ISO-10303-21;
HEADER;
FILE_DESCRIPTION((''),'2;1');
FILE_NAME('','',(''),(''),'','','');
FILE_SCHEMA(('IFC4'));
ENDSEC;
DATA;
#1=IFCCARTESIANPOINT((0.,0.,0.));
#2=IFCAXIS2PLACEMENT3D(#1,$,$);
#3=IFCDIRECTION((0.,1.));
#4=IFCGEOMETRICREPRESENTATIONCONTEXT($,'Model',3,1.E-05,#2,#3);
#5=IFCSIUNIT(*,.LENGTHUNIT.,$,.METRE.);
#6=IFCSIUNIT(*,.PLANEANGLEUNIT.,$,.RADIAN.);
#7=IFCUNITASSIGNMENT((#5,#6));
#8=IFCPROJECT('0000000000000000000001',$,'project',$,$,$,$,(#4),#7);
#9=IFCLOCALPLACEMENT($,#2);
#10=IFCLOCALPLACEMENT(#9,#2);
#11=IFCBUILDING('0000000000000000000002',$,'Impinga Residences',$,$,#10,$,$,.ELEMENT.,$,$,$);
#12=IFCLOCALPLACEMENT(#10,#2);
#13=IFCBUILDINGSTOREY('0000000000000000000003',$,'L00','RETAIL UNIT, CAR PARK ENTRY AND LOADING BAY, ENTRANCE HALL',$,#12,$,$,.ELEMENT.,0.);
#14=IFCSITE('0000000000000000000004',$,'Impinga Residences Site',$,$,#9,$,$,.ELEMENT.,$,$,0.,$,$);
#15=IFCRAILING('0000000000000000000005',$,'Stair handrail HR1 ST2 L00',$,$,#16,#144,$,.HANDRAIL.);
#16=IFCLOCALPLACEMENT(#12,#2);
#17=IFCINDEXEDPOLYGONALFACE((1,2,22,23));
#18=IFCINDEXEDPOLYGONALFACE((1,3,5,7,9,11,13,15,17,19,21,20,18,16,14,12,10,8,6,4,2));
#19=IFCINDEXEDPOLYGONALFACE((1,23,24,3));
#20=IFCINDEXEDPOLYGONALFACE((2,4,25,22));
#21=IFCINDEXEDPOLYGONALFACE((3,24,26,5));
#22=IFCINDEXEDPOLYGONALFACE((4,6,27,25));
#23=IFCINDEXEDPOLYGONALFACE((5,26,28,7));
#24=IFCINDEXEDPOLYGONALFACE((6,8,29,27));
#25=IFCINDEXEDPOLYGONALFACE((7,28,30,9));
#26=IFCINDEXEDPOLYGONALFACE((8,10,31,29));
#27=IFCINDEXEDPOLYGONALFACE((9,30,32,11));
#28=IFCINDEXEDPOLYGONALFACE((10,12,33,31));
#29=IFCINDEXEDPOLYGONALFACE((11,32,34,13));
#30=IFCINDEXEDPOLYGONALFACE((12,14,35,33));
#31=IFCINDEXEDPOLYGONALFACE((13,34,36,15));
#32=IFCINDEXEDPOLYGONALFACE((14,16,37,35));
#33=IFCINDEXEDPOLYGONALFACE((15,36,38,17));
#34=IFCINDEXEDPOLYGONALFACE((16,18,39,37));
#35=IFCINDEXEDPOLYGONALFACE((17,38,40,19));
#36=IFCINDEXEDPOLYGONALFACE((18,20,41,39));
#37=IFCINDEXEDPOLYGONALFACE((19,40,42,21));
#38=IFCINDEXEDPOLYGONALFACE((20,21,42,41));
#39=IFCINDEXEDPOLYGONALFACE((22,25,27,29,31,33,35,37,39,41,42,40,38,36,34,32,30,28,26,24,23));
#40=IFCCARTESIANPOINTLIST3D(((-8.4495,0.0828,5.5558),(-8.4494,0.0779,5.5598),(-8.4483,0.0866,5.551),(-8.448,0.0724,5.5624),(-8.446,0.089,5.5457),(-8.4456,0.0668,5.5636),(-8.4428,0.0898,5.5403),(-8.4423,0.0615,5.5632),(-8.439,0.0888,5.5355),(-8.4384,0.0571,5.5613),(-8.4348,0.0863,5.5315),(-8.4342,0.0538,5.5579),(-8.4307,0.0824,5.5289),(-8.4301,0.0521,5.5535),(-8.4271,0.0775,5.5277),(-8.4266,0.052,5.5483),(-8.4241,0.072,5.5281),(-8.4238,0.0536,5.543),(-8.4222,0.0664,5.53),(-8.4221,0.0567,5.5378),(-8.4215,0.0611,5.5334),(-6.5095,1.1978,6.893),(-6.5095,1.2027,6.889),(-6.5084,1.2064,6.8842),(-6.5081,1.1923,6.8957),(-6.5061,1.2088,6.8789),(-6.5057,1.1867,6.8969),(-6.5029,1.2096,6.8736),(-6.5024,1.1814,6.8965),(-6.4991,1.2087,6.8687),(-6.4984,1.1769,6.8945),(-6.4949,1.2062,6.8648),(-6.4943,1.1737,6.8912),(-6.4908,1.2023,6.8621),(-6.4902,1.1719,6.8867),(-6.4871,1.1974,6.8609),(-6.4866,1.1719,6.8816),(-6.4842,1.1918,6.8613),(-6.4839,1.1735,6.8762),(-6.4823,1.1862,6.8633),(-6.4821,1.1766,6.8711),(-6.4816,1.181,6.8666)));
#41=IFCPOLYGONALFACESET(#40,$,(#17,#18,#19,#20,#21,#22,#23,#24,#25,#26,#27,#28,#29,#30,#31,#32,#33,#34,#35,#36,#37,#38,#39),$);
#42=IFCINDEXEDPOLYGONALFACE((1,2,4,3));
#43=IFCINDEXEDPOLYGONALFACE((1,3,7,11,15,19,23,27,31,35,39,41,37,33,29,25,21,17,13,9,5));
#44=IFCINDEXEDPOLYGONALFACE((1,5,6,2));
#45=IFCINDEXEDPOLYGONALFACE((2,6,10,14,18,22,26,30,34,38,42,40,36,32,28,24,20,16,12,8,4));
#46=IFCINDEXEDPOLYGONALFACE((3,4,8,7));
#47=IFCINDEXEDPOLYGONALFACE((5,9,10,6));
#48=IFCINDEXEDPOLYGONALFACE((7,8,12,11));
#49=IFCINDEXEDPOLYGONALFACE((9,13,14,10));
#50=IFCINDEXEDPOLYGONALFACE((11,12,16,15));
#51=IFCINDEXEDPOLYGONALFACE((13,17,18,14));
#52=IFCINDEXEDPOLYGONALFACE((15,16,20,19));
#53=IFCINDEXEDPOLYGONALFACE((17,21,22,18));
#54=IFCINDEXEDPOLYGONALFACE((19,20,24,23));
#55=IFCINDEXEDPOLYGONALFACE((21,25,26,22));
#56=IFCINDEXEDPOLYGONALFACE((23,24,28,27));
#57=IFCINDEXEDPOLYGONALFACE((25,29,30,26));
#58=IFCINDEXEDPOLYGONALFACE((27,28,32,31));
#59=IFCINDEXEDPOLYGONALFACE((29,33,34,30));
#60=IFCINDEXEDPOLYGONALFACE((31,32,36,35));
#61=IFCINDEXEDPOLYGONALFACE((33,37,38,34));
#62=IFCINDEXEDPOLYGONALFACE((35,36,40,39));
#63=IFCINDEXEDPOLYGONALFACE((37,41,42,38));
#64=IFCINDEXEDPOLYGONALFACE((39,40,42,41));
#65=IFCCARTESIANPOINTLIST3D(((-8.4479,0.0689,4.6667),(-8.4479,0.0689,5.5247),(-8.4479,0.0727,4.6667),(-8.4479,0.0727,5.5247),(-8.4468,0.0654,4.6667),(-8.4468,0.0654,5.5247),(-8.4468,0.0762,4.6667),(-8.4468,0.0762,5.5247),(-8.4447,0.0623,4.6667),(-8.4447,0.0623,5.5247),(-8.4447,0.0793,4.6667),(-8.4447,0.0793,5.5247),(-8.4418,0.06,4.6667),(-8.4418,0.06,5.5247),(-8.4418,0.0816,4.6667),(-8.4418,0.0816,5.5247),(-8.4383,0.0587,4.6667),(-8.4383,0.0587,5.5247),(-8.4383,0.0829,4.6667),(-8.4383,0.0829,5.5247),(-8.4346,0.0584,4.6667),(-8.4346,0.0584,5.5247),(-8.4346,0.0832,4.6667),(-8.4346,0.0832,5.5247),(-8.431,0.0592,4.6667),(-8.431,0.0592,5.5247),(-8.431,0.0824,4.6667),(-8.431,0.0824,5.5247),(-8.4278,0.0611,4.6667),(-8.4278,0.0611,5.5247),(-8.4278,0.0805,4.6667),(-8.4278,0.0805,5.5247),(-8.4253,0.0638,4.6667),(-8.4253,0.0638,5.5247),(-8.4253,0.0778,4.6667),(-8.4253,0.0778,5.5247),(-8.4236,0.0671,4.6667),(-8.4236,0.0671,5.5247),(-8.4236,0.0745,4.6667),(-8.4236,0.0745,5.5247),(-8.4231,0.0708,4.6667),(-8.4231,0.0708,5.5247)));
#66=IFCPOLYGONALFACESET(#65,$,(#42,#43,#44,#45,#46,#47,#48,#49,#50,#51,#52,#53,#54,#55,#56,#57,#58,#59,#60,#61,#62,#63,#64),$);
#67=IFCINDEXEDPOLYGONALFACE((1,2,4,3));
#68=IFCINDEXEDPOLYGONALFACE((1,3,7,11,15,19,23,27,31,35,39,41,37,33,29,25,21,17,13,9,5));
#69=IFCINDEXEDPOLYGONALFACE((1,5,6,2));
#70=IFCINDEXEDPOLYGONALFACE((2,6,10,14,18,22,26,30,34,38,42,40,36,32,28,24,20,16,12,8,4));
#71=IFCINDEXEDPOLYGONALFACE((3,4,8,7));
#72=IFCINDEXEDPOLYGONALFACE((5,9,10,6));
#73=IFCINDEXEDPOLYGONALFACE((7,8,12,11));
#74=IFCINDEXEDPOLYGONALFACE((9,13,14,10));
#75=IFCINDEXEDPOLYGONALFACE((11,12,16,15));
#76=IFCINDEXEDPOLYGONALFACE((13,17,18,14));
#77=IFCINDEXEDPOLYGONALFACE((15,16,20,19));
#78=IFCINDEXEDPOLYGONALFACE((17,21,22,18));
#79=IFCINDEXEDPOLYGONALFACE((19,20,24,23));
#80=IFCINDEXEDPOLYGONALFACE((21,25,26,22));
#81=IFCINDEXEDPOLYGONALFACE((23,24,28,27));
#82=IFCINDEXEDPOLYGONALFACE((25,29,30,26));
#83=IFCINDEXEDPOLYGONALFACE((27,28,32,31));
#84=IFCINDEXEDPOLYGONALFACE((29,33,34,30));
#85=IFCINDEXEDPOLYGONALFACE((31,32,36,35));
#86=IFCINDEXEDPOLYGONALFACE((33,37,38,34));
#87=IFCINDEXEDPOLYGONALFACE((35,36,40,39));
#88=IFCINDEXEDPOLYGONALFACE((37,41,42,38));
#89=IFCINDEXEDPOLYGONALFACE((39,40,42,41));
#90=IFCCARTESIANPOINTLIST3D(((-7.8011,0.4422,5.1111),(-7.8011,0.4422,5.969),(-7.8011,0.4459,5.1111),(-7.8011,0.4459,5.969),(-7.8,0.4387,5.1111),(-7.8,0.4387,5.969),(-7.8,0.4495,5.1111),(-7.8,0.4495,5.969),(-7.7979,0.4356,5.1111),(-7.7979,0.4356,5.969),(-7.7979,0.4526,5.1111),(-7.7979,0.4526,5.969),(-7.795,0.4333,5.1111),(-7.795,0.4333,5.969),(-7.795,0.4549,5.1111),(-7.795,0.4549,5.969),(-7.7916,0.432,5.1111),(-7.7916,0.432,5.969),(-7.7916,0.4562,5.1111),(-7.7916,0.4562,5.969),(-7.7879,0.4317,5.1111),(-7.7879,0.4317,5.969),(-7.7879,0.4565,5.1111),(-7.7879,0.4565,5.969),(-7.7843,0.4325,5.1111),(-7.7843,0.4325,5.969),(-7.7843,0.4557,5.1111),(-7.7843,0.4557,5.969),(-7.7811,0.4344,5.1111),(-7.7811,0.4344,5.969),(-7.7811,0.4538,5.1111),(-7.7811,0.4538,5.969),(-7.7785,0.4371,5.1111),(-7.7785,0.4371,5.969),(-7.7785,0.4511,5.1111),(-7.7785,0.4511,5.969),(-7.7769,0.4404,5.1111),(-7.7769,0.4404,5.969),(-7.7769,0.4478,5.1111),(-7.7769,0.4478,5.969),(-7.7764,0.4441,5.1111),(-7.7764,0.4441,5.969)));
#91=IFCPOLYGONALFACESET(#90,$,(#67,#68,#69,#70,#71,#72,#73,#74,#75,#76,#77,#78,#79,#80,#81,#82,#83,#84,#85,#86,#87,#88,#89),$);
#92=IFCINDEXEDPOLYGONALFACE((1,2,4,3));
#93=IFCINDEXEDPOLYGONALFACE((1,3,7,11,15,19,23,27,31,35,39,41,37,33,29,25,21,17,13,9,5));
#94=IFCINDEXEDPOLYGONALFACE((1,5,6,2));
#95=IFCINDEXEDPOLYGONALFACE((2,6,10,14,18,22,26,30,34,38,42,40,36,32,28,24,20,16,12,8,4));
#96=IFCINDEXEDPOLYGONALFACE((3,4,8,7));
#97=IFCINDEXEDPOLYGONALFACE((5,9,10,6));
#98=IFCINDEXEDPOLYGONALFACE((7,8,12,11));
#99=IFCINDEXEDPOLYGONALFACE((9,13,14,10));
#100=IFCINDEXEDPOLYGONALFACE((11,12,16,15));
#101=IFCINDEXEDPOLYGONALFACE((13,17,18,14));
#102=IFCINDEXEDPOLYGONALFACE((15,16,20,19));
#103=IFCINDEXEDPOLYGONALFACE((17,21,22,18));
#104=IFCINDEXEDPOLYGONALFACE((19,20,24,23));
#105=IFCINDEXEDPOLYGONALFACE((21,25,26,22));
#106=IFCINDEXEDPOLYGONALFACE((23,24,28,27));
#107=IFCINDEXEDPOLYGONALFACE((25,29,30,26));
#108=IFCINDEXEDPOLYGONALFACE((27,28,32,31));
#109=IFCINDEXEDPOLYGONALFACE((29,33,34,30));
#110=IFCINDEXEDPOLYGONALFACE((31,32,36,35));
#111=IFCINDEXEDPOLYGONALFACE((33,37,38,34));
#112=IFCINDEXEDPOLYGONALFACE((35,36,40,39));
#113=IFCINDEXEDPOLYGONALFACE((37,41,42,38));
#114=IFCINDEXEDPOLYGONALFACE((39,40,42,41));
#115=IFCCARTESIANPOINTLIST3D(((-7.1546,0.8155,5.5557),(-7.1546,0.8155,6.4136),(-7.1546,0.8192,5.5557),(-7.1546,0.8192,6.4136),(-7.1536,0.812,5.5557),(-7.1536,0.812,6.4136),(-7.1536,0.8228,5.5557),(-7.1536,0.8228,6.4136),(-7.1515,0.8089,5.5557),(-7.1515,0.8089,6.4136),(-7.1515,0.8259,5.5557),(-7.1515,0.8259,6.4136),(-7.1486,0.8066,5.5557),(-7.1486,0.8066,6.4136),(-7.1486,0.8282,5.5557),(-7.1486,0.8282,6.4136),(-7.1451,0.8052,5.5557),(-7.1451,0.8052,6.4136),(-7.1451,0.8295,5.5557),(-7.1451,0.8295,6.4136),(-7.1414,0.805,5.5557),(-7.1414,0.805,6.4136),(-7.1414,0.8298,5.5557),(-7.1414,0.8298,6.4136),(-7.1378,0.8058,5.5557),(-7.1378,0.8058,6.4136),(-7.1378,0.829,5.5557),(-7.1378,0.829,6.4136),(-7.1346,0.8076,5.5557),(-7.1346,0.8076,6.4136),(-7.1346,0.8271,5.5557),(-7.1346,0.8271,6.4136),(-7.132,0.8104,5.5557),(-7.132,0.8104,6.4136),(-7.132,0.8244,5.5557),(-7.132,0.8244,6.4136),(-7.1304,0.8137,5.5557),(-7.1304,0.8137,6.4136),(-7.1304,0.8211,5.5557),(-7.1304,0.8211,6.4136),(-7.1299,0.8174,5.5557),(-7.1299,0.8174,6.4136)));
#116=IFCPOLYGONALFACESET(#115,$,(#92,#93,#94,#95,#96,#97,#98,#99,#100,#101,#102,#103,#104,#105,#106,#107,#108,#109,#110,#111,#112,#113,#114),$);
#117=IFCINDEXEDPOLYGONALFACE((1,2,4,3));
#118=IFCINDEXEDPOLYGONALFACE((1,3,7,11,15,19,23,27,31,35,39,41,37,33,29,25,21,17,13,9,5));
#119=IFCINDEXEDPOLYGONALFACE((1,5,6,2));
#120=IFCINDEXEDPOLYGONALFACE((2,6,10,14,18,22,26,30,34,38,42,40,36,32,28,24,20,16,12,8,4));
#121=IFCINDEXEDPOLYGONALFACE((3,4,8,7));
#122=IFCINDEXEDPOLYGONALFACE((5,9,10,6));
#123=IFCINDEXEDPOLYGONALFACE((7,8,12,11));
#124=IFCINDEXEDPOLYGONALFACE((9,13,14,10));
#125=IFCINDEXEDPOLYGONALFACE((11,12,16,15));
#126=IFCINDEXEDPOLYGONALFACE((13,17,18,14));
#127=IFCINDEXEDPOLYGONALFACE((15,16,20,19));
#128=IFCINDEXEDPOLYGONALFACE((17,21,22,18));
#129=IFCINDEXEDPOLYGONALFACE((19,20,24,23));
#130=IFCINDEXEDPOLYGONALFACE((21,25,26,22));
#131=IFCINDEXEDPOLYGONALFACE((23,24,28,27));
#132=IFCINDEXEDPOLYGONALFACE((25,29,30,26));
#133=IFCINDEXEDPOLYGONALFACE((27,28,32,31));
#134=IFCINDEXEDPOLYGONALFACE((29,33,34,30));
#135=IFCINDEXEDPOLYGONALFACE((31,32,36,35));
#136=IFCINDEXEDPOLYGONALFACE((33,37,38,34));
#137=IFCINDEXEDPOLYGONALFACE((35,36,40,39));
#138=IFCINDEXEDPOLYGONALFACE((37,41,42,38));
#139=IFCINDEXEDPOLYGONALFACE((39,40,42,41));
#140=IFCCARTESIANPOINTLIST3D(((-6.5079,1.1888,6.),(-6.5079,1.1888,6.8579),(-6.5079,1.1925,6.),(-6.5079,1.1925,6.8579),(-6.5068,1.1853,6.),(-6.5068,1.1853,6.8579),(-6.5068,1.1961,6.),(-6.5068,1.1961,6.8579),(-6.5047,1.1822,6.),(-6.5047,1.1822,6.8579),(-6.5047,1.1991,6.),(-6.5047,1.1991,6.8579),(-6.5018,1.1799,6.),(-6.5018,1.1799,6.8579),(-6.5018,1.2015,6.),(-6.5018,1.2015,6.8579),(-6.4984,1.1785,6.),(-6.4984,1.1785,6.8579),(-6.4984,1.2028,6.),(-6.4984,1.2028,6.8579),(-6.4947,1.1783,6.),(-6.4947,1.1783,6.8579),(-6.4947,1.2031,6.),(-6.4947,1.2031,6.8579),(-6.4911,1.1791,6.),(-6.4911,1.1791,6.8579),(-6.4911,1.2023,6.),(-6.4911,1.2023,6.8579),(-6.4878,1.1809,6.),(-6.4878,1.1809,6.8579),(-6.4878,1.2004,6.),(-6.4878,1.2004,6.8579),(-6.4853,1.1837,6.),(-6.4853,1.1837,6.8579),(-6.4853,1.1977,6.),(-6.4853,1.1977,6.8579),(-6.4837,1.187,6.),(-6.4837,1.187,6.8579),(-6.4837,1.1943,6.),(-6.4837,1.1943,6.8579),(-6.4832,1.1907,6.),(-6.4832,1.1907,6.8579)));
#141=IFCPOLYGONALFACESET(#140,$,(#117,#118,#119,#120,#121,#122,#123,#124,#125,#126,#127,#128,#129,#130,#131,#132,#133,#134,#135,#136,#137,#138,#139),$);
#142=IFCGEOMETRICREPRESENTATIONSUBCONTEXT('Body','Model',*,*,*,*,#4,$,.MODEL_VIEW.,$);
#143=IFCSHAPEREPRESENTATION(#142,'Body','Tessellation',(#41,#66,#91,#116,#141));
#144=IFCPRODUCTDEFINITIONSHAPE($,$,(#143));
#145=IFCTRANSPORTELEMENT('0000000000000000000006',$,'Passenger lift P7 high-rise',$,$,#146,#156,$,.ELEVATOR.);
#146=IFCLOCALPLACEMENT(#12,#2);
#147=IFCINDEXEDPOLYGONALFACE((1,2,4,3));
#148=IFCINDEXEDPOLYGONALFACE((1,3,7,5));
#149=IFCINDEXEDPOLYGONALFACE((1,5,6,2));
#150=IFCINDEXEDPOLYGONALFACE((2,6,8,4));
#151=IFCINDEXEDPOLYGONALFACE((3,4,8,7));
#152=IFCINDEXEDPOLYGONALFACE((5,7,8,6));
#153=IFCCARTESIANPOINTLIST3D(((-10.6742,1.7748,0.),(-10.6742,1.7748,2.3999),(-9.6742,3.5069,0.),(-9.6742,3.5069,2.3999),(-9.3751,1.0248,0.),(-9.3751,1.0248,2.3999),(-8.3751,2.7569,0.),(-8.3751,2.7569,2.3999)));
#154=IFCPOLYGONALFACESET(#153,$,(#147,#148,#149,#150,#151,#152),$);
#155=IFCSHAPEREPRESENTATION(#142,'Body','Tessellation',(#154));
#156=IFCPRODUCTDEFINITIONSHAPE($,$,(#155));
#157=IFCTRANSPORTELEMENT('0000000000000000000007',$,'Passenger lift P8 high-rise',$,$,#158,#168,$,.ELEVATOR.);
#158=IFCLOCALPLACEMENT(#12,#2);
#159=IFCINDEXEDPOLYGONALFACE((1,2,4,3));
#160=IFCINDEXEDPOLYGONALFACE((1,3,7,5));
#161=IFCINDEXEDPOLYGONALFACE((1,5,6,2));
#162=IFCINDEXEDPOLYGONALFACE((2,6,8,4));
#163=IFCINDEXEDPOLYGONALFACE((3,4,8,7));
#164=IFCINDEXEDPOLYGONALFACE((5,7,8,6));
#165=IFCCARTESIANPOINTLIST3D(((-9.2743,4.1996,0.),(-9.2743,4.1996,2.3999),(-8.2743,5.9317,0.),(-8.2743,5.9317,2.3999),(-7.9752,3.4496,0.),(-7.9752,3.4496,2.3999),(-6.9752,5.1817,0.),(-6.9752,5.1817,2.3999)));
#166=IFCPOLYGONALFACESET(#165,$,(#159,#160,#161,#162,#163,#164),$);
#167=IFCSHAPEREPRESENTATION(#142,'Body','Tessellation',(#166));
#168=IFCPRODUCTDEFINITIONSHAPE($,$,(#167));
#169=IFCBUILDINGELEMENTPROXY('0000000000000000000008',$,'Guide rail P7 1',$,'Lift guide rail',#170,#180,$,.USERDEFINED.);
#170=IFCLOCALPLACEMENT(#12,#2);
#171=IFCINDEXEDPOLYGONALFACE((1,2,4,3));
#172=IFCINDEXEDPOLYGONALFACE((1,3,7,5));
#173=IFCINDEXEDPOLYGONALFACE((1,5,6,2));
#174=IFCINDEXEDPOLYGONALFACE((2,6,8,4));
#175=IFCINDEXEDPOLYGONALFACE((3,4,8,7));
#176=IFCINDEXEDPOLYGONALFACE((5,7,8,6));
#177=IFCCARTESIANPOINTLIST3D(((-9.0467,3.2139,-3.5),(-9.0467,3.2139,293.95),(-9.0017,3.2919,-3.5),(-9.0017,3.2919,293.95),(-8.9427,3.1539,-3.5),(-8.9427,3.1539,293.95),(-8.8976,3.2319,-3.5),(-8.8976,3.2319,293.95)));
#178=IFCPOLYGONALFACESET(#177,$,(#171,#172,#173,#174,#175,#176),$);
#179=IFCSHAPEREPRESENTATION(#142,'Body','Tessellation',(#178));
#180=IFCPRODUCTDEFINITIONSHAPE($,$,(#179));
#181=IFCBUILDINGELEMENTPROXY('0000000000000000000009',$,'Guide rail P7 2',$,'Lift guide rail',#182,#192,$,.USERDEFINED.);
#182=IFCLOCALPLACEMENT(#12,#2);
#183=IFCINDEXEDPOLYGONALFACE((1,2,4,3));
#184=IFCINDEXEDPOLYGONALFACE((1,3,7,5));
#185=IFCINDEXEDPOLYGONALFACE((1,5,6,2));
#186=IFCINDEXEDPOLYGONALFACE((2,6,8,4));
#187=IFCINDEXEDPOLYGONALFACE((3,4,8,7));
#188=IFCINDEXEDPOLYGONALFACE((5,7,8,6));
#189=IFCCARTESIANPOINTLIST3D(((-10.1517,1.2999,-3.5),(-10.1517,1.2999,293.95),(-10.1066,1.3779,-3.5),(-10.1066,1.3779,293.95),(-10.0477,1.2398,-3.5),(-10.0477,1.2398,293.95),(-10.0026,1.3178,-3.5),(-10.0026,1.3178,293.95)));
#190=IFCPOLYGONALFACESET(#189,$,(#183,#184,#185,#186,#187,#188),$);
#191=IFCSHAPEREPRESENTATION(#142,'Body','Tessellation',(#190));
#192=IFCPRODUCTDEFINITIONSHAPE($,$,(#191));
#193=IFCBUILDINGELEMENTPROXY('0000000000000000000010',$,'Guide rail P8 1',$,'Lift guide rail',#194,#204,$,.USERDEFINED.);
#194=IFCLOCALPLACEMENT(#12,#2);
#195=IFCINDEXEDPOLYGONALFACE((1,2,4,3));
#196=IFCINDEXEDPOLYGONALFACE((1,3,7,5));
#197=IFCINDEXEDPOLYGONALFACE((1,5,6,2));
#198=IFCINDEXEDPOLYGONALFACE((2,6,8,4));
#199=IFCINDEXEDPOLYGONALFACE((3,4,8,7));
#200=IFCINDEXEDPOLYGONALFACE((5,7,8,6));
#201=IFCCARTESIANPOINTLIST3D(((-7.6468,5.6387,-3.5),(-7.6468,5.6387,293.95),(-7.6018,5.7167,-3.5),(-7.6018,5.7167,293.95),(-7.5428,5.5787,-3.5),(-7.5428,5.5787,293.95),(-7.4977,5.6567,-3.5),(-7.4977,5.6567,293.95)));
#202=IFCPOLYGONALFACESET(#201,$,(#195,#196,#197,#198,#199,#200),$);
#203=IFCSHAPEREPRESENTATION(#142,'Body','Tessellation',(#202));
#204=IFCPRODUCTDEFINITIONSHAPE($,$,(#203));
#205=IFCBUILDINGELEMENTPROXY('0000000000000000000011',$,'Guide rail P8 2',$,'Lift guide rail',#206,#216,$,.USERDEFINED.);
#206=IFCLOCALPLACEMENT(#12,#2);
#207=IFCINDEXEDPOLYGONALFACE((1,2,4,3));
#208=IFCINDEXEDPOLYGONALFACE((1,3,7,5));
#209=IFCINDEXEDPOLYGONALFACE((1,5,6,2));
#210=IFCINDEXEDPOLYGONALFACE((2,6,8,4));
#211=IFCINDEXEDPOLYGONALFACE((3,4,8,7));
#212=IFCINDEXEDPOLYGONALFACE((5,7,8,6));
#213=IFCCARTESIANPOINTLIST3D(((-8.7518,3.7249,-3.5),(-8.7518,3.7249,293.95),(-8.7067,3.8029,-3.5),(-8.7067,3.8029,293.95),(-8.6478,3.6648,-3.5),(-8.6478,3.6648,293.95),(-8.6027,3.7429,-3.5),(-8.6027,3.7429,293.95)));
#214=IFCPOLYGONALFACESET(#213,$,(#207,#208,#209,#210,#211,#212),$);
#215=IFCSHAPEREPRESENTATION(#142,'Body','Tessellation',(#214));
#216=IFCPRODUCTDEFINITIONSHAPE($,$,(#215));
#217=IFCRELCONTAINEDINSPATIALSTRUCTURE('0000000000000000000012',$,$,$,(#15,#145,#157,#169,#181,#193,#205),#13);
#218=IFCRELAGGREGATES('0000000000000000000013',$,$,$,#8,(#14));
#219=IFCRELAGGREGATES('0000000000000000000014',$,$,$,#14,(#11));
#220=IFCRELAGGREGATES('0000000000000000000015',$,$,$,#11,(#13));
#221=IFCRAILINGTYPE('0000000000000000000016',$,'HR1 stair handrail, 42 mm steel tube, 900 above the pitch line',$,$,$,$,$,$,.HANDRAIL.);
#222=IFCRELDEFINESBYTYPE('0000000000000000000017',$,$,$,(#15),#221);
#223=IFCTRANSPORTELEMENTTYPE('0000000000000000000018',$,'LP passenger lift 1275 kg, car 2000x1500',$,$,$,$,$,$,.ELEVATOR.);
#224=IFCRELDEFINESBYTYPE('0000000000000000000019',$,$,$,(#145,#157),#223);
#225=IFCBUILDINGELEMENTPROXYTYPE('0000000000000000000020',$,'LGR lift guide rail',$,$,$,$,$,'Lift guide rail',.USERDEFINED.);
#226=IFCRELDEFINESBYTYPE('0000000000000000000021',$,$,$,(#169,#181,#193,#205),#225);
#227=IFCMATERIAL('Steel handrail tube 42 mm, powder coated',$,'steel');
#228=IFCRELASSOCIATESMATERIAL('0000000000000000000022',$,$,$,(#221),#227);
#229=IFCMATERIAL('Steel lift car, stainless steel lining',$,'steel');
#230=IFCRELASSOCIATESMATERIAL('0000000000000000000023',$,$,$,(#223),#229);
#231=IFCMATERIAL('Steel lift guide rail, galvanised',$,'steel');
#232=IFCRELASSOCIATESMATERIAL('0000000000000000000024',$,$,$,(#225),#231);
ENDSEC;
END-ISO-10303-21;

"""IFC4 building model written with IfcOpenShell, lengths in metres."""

from ifc_helpers import new_model, si_unit, direction, frame, origin, origin_2d, place, context, subcontext, project, spatial, rectangle, circle, extrude, material, type_object, element, save


model = new_model("IFC4")

# Units and contexts
model_context = context("Model", 3, precision=1e-05, world=origin(), true_north=direction((0.0, 1.0)))
body_context = subcontext(model_context, "Body", "Model", "MODEL_VIEW")
ifc_project = project(units=[si_unit("LENGTHUNIT", "METRE"), si_unit("PLANEANGLEUNIT", "RADIAN")], contexts=[model_context])

# Site, building, storey
site_placement = place(None, origin())
site = spatial("IfcSite", under=ifc_project, at=site_placement, Name="Impinga Residences Site", CompositionType="ELEMENT", RefElevation=0.0)
building_placement = place(site_placement, origin())
building = spatial("IfcBuilding", under=site, at=building_placement, Name="Impinga Residences", CompositionType="ELEMENT")
storey_placement = place(building_placement, origin())
storey = spatial("IfcBuildingStorey", under=building, at=storey_placement, Name="L00", Description="RETAIL UNIT, CAR PARK ENTRY AND LOADING BAY, ENTRANCE HALL", CompositionType="ELEMENT", Elevation=0.0)

# Railing
ifc_material_1 = material(Name="Steel handrail tube 42 mm, powder coated", Category="steel")
railing_type = type_object("IfcRailingType", Name="HR1 stair handrail, 42 mm steel tube, 900 above the pitch line", PredefinedType="HANDRAIL", material=ifc_material_1)
for number, where, name in (
    (1, (-8.4355, 0.0708, 4.6667), "Stair handrail HR1 ST2 L00"),
):
    element("IfcRailing", number, at=place(storey_placement, frame(where)), inside=storey, type_object=railing_type, Name=name, PredefinedType="HANDRAIL", context=body_context, shape_type="SweptSolid", body=[
        extrude(circle(Radius=0.021, at=origin_2d()), frame((0.0, 0.0, 0.8789), z_axis=(0.744205, 0.429608, 0.511465), x_axis=(-0.499949, 0.866055, 0.0)), (0.0, 0.0, 1.0), 2.6067),
        extrude(circle(Radius=0.0125, at=origin_2d()), origin(), (0.0, 0.0, 1.0), 0.8579),
        extrude(circle(Radius=0.0125, at=origin_2d()), frame((0.6467, 0.3733, 0.4443)), (0.0, 0.0, 1.0), 0.8579),
        extrude(circle(Radius=0.0125, at=origin_2d()), frame((1.2932, 0.7466, 0.8889)), (0.0, 0.0, 1.0), 0.8579),
        extrude(circle(Radius=0.0125, at=origin_2d()), frame((1.9399, 1.1199, 1.3333)), (0.0, 0.0, 1.0), 0.8579),
    ])

# Transport elements
ifc_material_2 = material(Name="Steel lift car, stainless steel lining", Category="steel")
transport_element_type = type_object("IfcTransportElementType", Name="LP passenger lift 1275 kg, car 2000x1500", PredefinedType="ELEVATOR", material=ifc_material_2)
for number, where, z_axis, x_axis, name in (
    (2, (-9.5247, 2.2659, 0.0), (0.0, 0.0, 1.0), (-0.5, -0.866025, 0.0), "Passenger lift P7 high-rise"),
    (3, (-8.1248, 4.6907, 0.0), (0.0, 0.0, 1.0), (-0.5, -0.866025, 0.0), "Passenger lift P8 high-rise"),
):
    element("IfcTransportElement", number, at=place(storey_placement, frame(where, z_axis=z_axis, x_axis=x_axis)), inside=storey, type_object=transport_element_type, Name=name, PredefinedType="ELEVATOR", context=body_context, shape_type="SweptSolid", body=[
        extrude(rectangle(XDim=2.0, YDim=1.5, at=origin_2d()), origin(), (0.0, 0.0, 1.0), 2.3999),
    ])

# Building element proxies
ifc_material_3 = material(Name="Steel lift guide rail, galvanised", Category="steel")
building_element_proxy_type = type_object("IfcBuildingElementProxyType", Name="LGR lift guide rail", ElementType="Lift guide rail", PredefinedType="USERDEFINED", material=ifc_material_3)
for number, where, z_axis, x_axis, name in (
    (4, (-8.9722, 3.2229, -3.5), (0.0, 0.0, 1.0), (-0.5, -0.866025, 0.0), "Guide rail P7 1"),
    (5, (-10.0771, 1.3088, -3.5), (0.0, 0.0, 1.0), (-0.5, -0.866025, 0.0), "Guide rail P7 2"),
    (6, (-7.5723, 5.6477, -3.5), (0.0, 0.0, 1.0), (-0.5, -0.866025, 0.0), "Guide rail P8 1"),
    (7, (-8.6772, 3.7339, -3.5), (0.0, 0.0, 1.0), (-0.5, -0.866025, 0.0), "Guide rail P8 2"),
):
    element("IfcBuildingElementProxy", number, at=place(storey_placement, frame(where, z_axis=z_axis, x_axis=x_axis)), inside=storey, type_object=building_element_proxy_type, Name=name, ObjectType="Lift guide rail", PredefinedType="USERDEFINED", context=body_context, shape_type="SweptSolid", body=[
        extrude(rectangle(XDim=0.0901, YDim=0.1201, at=origin_2d()), origin(), (0.0, 0.0, 1.0), 297.45),
    ])

save(model, "model.ifc")
